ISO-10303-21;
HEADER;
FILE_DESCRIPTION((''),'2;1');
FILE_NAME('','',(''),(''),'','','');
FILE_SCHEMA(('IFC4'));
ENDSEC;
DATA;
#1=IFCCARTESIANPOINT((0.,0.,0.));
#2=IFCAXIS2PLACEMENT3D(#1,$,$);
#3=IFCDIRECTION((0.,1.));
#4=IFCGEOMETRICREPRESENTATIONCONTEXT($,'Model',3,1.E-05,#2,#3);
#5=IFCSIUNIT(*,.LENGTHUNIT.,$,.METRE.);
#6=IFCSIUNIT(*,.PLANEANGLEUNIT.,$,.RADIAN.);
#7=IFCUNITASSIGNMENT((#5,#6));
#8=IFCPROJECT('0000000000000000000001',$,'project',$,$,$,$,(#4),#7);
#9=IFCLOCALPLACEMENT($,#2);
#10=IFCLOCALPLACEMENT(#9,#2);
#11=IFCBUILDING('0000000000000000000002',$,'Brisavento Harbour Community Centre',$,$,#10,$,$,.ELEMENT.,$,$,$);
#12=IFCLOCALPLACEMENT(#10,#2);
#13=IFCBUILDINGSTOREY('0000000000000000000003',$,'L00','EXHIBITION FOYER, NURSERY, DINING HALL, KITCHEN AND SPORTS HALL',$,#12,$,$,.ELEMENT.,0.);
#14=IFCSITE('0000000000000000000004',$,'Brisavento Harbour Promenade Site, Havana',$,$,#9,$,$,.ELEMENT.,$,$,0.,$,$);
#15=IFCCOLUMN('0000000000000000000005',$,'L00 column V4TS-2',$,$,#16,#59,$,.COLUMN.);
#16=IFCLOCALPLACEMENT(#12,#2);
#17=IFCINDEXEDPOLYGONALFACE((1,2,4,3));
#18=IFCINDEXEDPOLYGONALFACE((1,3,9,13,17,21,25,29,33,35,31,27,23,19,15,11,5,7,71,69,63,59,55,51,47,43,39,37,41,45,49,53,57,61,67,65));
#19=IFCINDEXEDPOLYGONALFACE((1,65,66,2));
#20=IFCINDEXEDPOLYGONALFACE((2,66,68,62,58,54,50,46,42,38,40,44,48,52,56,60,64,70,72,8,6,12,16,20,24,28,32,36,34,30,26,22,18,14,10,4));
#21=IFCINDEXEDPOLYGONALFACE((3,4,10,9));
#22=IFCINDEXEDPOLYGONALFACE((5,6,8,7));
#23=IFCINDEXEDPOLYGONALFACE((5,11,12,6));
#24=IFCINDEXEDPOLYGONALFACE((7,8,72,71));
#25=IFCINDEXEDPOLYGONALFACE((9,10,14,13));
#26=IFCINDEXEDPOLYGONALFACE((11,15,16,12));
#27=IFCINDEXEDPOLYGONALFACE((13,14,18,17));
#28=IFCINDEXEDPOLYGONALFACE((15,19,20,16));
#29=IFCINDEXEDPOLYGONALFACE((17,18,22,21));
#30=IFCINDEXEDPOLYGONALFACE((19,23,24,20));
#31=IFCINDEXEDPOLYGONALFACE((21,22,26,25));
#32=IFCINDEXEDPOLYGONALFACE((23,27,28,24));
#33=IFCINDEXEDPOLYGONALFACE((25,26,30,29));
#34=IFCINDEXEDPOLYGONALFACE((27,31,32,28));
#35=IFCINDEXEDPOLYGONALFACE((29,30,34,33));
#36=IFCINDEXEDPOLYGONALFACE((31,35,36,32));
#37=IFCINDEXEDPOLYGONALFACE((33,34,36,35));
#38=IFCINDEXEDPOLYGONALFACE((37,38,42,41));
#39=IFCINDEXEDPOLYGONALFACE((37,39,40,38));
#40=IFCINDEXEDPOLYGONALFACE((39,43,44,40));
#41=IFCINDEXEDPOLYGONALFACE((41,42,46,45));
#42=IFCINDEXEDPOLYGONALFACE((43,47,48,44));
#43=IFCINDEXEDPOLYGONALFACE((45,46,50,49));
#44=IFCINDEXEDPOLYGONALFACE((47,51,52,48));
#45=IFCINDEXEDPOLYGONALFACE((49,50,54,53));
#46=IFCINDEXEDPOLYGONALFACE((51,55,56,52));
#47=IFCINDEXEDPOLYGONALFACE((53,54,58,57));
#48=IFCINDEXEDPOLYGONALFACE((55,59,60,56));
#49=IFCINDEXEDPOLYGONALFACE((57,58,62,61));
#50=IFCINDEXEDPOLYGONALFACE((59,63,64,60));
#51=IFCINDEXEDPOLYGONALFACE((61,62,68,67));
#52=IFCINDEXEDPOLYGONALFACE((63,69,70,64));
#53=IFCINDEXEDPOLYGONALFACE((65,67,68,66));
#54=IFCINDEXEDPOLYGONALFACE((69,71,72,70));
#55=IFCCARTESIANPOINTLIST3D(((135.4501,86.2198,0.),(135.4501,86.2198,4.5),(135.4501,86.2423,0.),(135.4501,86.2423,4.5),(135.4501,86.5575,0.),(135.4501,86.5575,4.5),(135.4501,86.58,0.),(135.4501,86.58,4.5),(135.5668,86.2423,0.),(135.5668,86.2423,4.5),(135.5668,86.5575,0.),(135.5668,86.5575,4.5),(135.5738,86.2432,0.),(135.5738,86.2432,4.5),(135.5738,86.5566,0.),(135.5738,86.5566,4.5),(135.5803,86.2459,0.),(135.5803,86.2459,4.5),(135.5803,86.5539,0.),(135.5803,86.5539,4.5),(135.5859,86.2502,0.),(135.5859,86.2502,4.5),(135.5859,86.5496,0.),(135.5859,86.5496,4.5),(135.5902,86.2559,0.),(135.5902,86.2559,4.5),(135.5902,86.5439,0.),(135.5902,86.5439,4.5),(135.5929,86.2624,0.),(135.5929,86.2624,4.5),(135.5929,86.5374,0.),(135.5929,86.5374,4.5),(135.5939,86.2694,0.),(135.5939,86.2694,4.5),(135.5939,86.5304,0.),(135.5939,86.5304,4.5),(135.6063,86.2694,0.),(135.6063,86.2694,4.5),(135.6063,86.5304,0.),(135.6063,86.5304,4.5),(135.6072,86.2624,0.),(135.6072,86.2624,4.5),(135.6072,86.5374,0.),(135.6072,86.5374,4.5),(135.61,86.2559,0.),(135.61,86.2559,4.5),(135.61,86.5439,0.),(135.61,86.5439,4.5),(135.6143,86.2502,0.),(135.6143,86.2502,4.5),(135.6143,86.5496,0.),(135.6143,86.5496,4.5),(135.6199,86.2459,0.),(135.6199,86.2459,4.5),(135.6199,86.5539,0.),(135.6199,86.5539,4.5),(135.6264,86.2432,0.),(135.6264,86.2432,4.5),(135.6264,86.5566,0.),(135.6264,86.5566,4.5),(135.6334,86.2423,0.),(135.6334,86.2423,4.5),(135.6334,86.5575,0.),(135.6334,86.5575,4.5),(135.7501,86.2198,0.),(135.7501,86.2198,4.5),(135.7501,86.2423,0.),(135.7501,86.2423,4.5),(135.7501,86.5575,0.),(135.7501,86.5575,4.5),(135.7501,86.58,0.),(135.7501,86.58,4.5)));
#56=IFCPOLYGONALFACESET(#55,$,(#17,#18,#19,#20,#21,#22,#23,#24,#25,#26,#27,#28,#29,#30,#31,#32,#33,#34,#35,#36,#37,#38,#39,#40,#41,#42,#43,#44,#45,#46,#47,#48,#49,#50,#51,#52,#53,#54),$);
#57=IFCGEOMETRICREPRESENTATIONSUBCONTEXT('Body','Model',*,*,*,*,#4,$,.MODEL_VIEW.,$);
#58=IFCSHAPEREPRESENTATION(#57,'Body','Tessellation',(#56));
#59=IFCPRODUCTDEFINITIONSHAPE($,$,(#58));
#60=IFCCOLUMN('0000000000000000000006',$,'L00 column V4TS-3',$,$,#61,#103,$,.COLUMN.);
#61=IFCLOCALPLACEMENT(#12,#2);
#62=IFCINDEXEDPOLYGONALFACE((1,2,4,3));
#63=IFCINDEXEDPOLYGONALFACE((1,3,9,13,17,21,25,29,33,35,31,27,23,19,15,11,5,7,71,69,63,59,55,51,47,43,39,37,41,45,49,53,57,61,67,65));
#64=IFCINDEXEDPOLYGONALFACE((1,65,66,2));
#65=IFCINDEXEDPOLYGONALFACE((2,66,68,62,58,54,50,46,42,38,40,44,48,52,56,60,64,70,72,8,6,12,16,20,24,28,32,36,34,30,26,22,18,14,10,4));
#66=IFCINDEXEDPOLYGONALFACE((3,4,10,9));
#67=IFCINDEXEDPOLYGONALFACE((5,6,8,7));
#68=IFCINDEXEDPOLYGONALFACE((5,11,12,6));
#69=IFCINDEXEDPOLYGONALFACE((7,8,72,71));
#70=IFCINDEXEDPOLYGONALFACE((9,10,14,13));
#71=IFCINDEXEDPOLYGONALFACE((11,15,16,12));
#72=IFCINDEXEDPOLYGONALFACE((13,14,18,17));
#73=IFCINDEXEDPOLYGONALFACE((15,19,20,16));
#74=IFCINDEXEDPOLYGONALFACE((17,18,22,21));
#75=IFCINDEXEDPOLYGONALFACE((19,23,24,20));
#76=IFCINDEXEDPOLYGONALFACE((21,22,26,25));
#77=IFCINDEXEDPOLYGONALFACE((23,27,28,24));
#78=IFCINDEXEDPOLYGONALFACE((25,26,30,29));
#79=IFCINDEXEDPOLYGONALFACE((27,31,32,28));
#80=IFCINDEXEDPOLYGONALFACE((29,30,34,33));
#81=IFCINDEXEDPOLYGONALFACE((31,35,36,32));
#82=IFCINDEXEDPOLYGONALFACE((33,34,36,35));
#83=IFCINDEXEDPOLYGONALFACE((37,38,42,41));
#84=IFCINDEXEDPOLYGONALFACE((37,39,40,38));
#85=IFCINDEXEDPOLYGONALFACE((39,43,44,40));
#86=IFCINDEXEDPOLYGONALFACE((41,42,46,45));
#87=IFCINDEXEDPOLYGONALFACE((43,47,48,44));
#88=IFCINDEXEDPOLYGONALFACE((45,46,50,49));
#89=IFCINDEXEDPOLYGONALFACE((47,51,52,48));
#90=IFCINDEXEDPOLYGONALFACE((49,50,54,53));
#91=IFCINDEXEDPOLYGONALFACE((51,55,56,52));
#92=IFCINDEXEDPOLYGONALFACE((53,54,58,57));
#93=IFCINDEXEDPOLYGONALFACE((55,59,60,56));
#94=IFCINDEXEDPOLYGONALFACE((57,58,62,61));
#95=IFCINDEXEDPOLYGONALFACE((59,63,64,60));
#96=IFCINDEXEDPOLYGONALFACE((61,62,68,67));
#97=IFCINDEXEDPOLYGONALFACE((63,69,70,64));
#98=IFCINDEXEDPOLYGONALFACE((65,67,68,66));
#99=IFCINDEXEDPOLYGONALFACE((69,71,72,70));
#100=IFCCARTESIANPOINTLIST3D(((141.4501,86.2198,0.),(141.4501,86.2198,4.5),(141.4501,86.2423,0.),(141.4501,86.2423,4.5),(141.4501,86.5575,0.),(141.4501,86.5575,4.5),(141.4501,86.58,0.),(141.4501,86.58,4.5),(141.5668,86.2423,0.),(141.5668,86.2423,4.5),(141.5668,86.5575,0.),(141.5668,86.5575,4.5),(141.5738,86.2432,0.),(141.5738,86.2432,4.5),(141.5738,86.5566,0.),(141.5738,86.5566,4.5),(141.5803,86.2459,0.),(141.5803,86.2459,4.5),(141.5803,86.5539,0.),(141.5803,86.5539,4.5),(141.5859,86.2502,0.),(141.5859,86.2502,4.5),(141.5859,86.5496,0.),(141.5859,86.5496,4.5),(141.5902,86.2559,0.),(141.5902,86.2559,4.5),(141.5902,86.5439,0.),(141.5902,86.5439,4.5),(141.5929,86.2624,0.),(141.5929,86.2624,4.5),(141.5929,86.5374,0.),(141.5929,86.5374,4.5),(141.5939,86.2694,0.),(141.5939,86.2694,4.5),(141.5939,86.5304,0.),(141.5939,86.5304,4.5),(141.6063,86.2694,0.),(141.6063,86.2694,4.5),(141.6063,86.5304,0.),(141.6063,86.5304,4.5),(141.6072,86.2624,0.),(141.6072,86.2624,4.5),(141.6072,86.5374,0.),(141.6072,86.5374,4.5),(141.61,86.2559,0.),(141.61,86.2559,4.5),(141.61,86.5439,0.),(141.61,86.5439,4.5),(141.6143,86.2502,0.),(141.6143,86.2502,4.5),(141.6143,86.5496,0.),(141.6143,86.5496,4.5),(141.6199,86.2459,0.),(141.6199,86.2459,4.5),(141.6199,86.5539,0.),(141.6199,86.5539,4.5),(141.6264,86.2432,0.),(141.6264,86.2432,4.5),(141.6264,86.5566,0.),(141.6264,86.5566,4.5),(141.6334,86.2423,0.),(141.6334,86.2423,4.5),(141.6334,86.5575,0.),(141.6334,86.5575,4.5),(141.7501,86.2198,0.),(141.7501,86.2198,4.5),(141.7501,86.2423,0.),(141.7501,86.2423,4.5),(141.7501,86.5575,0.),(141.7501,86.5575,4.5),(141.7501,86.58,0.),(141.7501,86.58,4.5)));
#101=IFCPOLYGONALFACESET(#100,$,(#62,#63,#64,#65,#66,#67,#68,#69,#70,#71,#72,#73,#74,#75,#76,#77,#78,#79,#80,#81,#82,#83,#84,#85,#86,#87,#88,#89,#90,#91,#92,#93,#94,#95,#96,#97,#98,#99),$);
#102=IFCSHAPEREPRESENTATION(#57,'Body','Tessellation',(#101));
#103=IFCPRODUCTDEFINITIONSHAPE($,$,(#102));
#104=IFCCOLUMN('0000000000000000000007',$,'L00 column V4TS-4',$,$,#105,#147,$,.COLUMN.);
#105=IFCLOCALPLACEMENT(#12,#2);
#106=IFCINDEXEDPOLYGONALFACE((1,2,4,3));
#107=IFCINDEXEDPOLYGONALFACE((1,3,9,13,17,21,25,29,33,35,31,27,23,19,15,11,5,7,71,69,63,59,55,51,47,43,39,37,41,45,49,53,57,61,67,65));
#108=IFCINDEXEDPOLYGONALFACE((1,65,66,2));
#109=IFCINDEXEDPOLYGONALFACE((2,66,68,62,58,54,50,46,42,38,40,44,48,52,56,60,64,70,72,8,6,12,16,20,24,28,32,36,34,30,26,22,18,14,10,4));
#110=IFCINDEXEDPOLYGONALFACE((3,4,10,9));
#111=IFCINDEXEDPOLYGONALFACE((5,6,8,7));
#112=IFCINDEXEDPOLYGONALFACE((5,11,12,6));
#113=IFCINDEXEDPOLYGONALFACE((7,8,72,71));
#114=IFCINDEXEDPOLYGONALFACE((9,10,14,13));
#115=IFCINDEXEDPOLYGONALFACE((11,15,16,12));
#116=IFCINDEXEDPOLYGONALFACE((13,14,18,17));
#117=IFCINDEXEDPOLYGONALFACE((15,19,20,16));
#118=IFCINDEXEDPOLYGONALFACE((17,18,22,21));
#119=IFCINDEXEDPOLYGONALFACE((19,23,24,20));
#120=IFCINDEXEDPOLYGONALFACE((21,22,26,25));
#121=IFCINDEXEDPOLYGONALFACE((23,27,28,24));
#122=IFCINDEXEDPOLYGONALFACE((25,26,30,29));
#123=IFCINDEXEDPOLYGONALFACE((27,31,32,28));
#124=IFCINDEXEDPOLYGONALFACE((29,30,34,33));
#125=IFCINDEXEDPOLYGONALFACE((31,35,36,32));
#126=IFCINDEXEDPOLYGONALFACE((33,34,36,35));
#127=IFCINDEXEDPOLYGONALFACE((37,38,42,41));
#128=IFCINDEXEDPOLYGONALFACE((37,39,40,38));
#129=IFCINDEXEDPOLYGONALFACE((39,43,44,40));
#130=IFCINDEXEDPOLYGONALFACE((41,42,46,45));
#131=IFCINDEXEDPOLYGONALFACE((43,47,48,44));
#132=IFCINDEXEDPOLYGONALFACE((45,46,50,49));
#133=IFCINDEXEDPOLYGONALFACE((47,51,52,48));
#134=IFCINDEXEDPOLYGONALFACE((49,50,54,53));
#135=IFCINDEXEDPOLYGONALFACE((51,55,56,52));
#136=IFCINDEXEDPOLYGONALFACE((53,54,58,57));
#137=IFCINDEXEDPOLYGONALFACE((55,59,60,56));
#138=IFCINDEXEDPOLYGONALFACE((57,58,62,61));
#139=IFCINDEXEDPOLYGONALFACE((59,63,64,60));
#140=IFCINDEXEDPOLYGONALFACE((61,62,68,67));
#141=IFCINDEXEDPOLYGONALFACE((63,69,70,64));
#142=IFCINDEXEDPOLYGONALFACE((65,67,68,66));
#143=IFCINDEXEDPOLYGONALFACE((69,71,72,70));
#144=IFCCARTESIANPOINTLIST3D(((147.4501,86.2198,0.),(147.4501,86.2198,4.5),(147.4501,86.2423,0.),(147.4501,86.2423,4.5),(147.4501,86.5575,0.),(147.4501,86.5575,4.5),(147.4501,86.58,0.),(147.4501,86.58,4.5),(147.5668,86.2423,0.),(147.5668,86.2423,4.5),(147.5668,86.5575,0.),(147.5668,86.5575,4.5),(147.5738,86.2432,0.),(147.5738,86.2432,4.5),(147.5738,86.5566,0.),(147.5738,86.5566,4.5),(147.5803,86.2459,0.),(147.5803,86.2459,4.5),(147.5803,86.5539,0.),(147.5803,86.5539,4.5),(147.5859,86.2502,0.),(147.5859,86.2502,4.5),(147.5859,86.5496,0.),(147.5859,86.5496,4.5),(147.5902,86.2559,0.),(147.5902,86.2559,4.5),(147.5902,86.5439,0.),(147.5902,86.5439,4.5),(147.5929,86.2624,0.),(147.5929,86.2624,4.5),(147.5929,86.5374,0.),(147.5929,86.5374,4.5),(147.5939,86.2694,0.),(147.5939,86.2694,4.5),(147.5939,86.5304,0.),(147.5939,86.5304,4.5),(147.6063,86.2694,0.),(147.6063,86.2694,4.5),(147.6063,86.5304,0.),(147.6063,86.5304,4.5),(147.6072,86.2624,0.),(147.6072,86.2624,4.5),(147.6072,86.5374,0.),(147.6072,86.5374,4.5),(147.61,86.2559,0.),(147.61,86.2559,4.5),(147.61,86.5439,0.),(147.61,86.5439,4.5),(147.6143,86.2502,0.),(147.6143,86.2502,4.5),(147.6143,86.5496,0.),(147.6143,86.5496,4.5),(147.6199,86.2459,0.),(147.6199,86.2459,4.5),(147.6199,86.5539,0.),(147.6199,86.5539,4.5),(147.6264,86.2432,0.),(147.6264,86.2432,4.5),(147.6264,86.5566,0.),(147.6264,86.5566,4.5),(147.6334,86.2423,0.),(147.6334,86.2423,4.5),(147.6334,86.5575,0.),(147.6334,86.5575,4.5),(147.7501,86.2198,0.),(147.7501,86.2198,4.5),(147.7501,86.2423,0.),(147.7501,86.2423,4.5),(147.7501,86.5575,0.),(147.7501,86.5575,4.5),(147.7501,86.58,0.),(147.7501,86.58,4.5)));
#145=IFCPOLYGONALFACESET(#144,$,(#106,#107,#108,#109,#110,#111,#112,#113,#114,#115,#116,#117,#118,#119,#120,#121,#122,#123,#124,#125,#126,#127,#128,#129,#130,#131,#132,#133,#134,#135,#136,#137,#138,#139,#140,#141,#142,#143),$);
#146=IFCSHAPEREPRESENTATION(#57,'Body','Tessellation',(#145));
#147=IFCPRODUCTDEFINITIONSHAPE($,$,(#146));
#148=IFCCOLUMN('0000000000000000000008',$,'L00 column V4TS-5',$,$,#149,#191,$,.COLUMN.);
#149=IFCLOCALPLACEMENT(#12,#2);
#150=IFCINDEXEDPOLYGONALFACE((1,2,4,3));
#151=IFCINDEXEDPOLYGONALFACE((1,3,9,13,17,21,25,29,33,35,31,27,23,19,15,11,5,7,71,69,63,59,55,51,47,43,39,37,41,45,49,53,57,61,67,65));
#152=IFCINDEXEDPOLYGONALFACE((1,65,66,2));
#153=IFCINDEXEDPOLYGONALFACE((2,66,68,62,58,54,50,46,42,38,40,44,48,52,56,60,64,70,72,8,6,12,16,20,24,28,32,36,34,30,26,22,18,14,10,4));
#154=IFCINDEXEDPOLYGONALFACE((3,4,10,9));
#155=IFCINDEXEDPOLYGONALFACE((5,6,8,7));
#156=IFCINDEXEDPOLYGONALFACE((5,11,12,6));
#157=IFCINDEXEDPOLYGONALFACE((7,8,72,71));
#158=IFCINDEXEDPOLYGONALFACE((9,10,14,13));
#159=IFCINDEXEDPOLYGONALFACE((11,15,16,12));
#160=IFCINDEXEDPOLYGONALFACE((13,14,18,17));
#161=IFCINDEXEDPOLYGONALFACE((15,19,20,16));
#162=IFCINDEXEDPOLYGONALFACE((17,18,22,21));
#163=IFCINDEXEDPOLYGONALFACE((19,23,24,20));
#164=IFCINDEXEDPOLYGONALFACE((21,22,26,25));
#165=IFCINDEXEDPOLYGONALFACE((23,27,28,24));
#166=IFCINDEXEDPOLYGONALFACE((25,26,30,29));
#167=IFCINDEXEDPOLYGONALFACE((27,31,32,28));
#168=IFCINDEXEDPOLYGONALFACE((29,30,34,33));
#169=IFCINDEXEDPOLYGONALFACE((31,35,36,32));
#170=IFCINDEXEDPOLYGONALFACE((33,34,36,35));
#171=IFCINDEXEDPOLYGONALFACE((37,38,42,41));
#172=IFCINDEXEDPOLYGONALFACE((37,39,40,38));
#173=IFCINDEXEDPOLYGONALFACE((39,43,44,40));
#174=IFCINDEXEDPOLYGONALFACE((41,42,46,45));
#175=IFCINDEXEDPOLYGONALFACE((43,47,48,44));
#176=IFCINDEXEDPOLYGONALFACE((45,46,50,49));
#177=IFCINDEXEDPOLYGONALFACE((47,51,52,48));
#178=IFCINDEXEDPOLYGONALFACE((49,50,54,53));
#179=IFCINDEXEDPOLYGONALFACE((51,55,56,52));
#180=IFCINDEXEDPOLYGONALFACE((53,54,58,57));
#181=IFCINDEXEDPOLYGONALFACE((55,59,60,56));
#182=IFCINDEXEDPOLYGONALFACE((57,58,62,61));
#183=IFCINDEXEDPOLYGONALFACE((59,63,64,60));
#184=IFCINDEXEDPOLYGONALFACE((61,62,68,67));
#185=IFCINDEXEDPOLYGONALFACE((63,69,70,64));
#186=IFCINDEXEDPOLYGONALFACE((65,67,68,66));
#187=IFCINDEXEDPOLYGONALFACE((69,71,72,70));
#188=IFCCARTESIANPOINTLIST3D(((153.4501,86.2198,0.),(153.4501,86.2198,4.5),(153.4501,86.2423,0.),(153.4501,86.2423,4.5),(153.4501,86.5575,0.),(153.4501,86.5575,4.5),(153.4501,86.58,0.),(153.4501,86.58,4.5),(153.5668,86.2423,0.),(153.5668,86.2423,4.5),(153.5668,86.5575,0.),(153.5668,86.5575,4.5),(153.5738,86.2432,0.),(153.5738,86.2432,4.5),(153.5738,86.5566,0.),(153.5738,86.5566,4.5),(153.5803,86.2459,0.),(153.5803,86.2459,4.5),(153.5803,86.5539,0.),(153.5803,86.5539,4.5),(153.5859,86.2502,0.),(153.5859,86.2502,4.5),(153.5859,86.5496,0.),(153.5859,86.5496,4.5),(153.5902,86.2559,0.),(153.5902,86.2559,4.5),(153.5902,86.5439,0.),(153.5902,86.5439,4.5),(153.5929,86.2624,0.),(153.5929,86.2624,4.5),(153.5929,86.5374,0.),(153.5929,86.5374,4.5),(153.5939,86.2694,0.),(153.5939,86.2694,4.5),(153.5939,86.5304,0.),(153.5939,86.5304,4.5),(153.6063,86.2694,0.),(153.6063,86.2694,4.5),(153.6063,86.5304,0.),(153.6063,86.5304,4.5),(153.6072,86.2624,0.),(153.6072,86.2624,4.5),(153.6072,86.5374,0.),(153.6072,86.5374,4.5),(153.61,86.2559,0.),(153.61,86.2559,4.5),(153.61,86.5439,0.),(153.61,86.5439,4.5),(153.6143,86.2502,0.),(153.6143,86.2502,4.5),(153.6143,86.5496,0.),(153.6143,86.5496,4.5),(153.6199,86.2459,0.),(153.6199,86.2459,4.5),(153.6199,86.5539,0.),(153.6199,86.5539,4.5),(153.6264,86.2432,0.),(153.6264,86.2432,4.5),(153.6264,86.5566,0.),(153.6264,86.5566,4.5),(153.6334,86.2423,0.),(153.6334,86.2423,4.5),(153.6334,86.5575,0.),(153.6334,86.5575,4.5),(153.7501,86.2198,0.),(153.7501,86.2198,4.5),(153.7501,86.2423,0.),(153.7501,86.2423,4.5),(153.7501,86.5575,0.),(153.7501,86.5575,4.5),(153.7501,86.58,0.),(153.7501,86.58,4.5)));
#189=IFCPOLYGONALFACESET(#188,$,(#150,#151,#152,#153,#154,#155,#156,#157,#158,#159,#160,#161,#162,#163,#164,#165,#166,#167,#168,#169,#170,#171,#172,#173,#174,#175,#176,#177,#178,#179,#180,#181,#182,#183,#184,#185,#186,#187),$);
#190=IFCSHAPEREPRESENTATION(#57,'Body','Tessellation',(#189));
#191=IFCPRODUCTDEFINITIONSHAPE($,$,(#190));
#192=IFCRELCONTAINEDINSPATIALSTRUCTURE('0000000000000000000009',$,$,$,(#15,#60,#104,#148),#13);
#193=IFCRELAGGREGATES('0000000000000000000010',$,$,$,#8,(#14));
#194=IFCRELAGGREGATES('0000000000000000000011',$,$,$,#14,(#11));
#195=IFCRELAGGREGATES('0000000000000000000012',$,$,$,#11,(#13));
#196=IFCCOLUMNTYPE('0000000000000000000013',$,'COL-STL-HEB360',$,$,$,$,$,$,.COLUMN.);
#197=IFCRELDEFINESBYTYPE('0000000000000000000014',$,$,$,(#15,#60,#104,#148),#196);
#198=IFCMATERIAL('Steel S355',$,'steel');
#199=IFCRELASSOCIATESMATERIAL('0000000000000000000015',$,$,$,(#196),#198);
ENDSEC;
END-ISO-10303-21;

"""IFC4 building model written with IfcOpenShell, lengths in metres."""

from ifc_helpers import new_model, si_unit, direction, frame, origin, origin_2d, place, context, subcontext, project, spatial, i_section, extrude, material, material_profile, profile_set, type_object, element, save


model = new_model("IFC4")

# Units and contexts
model_context = context("Model", 3, precision=1e-05, world=origin(), true_north=direction((0.0, 1.0)))
body_context = subcontext(model_context, "Body", "Model", "MODEL_VIEW")
ifc_project = project(units=[si_unit("LENGTHUNIT", "METRE"), si_unit("PLANEANGLEUNIT", "RADIAN")], contexts=[model_context])

# Site, building, storey
site_placement = place(None, origin())
site = spatial("IfcSite", under=ifc_project, at=site_placement, Name="Brisavento Harbour Promenade Site, Havana", CompositionType="ELEMENT", RefElevation=0.0)
building_placement = place(site_placement, origin())
building = spatial("IfcBuilding", under=site, at=building_placement, Name="Brisavento Harbour Community Centre", CompositionType="ELEMENT")
storey_placement = place(building_placement, origin())
storey = spatial("IfcBuildingStorey", under=building, at=storey_placement, Name="L00", Description="EXHIBITION FOYER, NURSERY, DINING HALL, KITCHEN AND SPORTS HALL", CompositionType="ELEMENT", Elevation=0.0)

# Columns
ifc_material_1 = material(Name="Steel S355", Category="steel")
ifc_material_profile_1 = material_profile(ifc_material_1, i_section(OverallWidth=0.3, OverallDepth=0.3601, WebThickness=0.0125, FlangeThickness=0.0225, FilletRadius=0.0271, at=origin_2d()), Name="Steel S355")
ifc_profile_set_1 = profile_set([ifc_material_profile_1], Name="Steel S355")
column_type = type_object("IfcColumnType", Name="COL-STL-HEB360", PredefinedType="COLUMN", material=ifc_profile_set_1)
for number, where, z_axis, x_axis, name in (
    (1, (135.6001, 86.3999, 0.0), (0.0, 0.0, 1.0), (1.0, 0.0, 0.0), "L00 column V4TS-2"),
    (2, (141.6001, 86.3999, 0.0), (0.0, 0.0, 1.0), (1.0, 0.0, 0.0), "L00 column V4TS-3"),
    (3, (147.6001, 86.3999, 0.0), (0.0, 0.0, 1.0), (1.0, 0.0, 0.0), "L00 column V4TS-4"),
    (4, (153.6001, 86.3999, 0.0), (0.0, 0.0, 1.0), (1.0, 0.0, 0.0), "L00 column V4TS-5"),
):
    element("IfcColumn", number, at=place(storey_placement, frame(where, z_axis=z_axis, x_axis=x_axis)), inside=storey, type_object=column_type, Name=name, PredefinedType="COLUMN", context=body_context, shape_type="SweptSolid", body=[
        extrude(i_section(OverallWidth=0.3, OverallDepth=0.3601, WebThickness=0.0125, FlangeThickness=0.0225, FilletRadius=0.0271, at=origin_2d()), origin(), (0.0, 0.0, 1.0), 4.5),
    ])

save(model, "model.ifc")
